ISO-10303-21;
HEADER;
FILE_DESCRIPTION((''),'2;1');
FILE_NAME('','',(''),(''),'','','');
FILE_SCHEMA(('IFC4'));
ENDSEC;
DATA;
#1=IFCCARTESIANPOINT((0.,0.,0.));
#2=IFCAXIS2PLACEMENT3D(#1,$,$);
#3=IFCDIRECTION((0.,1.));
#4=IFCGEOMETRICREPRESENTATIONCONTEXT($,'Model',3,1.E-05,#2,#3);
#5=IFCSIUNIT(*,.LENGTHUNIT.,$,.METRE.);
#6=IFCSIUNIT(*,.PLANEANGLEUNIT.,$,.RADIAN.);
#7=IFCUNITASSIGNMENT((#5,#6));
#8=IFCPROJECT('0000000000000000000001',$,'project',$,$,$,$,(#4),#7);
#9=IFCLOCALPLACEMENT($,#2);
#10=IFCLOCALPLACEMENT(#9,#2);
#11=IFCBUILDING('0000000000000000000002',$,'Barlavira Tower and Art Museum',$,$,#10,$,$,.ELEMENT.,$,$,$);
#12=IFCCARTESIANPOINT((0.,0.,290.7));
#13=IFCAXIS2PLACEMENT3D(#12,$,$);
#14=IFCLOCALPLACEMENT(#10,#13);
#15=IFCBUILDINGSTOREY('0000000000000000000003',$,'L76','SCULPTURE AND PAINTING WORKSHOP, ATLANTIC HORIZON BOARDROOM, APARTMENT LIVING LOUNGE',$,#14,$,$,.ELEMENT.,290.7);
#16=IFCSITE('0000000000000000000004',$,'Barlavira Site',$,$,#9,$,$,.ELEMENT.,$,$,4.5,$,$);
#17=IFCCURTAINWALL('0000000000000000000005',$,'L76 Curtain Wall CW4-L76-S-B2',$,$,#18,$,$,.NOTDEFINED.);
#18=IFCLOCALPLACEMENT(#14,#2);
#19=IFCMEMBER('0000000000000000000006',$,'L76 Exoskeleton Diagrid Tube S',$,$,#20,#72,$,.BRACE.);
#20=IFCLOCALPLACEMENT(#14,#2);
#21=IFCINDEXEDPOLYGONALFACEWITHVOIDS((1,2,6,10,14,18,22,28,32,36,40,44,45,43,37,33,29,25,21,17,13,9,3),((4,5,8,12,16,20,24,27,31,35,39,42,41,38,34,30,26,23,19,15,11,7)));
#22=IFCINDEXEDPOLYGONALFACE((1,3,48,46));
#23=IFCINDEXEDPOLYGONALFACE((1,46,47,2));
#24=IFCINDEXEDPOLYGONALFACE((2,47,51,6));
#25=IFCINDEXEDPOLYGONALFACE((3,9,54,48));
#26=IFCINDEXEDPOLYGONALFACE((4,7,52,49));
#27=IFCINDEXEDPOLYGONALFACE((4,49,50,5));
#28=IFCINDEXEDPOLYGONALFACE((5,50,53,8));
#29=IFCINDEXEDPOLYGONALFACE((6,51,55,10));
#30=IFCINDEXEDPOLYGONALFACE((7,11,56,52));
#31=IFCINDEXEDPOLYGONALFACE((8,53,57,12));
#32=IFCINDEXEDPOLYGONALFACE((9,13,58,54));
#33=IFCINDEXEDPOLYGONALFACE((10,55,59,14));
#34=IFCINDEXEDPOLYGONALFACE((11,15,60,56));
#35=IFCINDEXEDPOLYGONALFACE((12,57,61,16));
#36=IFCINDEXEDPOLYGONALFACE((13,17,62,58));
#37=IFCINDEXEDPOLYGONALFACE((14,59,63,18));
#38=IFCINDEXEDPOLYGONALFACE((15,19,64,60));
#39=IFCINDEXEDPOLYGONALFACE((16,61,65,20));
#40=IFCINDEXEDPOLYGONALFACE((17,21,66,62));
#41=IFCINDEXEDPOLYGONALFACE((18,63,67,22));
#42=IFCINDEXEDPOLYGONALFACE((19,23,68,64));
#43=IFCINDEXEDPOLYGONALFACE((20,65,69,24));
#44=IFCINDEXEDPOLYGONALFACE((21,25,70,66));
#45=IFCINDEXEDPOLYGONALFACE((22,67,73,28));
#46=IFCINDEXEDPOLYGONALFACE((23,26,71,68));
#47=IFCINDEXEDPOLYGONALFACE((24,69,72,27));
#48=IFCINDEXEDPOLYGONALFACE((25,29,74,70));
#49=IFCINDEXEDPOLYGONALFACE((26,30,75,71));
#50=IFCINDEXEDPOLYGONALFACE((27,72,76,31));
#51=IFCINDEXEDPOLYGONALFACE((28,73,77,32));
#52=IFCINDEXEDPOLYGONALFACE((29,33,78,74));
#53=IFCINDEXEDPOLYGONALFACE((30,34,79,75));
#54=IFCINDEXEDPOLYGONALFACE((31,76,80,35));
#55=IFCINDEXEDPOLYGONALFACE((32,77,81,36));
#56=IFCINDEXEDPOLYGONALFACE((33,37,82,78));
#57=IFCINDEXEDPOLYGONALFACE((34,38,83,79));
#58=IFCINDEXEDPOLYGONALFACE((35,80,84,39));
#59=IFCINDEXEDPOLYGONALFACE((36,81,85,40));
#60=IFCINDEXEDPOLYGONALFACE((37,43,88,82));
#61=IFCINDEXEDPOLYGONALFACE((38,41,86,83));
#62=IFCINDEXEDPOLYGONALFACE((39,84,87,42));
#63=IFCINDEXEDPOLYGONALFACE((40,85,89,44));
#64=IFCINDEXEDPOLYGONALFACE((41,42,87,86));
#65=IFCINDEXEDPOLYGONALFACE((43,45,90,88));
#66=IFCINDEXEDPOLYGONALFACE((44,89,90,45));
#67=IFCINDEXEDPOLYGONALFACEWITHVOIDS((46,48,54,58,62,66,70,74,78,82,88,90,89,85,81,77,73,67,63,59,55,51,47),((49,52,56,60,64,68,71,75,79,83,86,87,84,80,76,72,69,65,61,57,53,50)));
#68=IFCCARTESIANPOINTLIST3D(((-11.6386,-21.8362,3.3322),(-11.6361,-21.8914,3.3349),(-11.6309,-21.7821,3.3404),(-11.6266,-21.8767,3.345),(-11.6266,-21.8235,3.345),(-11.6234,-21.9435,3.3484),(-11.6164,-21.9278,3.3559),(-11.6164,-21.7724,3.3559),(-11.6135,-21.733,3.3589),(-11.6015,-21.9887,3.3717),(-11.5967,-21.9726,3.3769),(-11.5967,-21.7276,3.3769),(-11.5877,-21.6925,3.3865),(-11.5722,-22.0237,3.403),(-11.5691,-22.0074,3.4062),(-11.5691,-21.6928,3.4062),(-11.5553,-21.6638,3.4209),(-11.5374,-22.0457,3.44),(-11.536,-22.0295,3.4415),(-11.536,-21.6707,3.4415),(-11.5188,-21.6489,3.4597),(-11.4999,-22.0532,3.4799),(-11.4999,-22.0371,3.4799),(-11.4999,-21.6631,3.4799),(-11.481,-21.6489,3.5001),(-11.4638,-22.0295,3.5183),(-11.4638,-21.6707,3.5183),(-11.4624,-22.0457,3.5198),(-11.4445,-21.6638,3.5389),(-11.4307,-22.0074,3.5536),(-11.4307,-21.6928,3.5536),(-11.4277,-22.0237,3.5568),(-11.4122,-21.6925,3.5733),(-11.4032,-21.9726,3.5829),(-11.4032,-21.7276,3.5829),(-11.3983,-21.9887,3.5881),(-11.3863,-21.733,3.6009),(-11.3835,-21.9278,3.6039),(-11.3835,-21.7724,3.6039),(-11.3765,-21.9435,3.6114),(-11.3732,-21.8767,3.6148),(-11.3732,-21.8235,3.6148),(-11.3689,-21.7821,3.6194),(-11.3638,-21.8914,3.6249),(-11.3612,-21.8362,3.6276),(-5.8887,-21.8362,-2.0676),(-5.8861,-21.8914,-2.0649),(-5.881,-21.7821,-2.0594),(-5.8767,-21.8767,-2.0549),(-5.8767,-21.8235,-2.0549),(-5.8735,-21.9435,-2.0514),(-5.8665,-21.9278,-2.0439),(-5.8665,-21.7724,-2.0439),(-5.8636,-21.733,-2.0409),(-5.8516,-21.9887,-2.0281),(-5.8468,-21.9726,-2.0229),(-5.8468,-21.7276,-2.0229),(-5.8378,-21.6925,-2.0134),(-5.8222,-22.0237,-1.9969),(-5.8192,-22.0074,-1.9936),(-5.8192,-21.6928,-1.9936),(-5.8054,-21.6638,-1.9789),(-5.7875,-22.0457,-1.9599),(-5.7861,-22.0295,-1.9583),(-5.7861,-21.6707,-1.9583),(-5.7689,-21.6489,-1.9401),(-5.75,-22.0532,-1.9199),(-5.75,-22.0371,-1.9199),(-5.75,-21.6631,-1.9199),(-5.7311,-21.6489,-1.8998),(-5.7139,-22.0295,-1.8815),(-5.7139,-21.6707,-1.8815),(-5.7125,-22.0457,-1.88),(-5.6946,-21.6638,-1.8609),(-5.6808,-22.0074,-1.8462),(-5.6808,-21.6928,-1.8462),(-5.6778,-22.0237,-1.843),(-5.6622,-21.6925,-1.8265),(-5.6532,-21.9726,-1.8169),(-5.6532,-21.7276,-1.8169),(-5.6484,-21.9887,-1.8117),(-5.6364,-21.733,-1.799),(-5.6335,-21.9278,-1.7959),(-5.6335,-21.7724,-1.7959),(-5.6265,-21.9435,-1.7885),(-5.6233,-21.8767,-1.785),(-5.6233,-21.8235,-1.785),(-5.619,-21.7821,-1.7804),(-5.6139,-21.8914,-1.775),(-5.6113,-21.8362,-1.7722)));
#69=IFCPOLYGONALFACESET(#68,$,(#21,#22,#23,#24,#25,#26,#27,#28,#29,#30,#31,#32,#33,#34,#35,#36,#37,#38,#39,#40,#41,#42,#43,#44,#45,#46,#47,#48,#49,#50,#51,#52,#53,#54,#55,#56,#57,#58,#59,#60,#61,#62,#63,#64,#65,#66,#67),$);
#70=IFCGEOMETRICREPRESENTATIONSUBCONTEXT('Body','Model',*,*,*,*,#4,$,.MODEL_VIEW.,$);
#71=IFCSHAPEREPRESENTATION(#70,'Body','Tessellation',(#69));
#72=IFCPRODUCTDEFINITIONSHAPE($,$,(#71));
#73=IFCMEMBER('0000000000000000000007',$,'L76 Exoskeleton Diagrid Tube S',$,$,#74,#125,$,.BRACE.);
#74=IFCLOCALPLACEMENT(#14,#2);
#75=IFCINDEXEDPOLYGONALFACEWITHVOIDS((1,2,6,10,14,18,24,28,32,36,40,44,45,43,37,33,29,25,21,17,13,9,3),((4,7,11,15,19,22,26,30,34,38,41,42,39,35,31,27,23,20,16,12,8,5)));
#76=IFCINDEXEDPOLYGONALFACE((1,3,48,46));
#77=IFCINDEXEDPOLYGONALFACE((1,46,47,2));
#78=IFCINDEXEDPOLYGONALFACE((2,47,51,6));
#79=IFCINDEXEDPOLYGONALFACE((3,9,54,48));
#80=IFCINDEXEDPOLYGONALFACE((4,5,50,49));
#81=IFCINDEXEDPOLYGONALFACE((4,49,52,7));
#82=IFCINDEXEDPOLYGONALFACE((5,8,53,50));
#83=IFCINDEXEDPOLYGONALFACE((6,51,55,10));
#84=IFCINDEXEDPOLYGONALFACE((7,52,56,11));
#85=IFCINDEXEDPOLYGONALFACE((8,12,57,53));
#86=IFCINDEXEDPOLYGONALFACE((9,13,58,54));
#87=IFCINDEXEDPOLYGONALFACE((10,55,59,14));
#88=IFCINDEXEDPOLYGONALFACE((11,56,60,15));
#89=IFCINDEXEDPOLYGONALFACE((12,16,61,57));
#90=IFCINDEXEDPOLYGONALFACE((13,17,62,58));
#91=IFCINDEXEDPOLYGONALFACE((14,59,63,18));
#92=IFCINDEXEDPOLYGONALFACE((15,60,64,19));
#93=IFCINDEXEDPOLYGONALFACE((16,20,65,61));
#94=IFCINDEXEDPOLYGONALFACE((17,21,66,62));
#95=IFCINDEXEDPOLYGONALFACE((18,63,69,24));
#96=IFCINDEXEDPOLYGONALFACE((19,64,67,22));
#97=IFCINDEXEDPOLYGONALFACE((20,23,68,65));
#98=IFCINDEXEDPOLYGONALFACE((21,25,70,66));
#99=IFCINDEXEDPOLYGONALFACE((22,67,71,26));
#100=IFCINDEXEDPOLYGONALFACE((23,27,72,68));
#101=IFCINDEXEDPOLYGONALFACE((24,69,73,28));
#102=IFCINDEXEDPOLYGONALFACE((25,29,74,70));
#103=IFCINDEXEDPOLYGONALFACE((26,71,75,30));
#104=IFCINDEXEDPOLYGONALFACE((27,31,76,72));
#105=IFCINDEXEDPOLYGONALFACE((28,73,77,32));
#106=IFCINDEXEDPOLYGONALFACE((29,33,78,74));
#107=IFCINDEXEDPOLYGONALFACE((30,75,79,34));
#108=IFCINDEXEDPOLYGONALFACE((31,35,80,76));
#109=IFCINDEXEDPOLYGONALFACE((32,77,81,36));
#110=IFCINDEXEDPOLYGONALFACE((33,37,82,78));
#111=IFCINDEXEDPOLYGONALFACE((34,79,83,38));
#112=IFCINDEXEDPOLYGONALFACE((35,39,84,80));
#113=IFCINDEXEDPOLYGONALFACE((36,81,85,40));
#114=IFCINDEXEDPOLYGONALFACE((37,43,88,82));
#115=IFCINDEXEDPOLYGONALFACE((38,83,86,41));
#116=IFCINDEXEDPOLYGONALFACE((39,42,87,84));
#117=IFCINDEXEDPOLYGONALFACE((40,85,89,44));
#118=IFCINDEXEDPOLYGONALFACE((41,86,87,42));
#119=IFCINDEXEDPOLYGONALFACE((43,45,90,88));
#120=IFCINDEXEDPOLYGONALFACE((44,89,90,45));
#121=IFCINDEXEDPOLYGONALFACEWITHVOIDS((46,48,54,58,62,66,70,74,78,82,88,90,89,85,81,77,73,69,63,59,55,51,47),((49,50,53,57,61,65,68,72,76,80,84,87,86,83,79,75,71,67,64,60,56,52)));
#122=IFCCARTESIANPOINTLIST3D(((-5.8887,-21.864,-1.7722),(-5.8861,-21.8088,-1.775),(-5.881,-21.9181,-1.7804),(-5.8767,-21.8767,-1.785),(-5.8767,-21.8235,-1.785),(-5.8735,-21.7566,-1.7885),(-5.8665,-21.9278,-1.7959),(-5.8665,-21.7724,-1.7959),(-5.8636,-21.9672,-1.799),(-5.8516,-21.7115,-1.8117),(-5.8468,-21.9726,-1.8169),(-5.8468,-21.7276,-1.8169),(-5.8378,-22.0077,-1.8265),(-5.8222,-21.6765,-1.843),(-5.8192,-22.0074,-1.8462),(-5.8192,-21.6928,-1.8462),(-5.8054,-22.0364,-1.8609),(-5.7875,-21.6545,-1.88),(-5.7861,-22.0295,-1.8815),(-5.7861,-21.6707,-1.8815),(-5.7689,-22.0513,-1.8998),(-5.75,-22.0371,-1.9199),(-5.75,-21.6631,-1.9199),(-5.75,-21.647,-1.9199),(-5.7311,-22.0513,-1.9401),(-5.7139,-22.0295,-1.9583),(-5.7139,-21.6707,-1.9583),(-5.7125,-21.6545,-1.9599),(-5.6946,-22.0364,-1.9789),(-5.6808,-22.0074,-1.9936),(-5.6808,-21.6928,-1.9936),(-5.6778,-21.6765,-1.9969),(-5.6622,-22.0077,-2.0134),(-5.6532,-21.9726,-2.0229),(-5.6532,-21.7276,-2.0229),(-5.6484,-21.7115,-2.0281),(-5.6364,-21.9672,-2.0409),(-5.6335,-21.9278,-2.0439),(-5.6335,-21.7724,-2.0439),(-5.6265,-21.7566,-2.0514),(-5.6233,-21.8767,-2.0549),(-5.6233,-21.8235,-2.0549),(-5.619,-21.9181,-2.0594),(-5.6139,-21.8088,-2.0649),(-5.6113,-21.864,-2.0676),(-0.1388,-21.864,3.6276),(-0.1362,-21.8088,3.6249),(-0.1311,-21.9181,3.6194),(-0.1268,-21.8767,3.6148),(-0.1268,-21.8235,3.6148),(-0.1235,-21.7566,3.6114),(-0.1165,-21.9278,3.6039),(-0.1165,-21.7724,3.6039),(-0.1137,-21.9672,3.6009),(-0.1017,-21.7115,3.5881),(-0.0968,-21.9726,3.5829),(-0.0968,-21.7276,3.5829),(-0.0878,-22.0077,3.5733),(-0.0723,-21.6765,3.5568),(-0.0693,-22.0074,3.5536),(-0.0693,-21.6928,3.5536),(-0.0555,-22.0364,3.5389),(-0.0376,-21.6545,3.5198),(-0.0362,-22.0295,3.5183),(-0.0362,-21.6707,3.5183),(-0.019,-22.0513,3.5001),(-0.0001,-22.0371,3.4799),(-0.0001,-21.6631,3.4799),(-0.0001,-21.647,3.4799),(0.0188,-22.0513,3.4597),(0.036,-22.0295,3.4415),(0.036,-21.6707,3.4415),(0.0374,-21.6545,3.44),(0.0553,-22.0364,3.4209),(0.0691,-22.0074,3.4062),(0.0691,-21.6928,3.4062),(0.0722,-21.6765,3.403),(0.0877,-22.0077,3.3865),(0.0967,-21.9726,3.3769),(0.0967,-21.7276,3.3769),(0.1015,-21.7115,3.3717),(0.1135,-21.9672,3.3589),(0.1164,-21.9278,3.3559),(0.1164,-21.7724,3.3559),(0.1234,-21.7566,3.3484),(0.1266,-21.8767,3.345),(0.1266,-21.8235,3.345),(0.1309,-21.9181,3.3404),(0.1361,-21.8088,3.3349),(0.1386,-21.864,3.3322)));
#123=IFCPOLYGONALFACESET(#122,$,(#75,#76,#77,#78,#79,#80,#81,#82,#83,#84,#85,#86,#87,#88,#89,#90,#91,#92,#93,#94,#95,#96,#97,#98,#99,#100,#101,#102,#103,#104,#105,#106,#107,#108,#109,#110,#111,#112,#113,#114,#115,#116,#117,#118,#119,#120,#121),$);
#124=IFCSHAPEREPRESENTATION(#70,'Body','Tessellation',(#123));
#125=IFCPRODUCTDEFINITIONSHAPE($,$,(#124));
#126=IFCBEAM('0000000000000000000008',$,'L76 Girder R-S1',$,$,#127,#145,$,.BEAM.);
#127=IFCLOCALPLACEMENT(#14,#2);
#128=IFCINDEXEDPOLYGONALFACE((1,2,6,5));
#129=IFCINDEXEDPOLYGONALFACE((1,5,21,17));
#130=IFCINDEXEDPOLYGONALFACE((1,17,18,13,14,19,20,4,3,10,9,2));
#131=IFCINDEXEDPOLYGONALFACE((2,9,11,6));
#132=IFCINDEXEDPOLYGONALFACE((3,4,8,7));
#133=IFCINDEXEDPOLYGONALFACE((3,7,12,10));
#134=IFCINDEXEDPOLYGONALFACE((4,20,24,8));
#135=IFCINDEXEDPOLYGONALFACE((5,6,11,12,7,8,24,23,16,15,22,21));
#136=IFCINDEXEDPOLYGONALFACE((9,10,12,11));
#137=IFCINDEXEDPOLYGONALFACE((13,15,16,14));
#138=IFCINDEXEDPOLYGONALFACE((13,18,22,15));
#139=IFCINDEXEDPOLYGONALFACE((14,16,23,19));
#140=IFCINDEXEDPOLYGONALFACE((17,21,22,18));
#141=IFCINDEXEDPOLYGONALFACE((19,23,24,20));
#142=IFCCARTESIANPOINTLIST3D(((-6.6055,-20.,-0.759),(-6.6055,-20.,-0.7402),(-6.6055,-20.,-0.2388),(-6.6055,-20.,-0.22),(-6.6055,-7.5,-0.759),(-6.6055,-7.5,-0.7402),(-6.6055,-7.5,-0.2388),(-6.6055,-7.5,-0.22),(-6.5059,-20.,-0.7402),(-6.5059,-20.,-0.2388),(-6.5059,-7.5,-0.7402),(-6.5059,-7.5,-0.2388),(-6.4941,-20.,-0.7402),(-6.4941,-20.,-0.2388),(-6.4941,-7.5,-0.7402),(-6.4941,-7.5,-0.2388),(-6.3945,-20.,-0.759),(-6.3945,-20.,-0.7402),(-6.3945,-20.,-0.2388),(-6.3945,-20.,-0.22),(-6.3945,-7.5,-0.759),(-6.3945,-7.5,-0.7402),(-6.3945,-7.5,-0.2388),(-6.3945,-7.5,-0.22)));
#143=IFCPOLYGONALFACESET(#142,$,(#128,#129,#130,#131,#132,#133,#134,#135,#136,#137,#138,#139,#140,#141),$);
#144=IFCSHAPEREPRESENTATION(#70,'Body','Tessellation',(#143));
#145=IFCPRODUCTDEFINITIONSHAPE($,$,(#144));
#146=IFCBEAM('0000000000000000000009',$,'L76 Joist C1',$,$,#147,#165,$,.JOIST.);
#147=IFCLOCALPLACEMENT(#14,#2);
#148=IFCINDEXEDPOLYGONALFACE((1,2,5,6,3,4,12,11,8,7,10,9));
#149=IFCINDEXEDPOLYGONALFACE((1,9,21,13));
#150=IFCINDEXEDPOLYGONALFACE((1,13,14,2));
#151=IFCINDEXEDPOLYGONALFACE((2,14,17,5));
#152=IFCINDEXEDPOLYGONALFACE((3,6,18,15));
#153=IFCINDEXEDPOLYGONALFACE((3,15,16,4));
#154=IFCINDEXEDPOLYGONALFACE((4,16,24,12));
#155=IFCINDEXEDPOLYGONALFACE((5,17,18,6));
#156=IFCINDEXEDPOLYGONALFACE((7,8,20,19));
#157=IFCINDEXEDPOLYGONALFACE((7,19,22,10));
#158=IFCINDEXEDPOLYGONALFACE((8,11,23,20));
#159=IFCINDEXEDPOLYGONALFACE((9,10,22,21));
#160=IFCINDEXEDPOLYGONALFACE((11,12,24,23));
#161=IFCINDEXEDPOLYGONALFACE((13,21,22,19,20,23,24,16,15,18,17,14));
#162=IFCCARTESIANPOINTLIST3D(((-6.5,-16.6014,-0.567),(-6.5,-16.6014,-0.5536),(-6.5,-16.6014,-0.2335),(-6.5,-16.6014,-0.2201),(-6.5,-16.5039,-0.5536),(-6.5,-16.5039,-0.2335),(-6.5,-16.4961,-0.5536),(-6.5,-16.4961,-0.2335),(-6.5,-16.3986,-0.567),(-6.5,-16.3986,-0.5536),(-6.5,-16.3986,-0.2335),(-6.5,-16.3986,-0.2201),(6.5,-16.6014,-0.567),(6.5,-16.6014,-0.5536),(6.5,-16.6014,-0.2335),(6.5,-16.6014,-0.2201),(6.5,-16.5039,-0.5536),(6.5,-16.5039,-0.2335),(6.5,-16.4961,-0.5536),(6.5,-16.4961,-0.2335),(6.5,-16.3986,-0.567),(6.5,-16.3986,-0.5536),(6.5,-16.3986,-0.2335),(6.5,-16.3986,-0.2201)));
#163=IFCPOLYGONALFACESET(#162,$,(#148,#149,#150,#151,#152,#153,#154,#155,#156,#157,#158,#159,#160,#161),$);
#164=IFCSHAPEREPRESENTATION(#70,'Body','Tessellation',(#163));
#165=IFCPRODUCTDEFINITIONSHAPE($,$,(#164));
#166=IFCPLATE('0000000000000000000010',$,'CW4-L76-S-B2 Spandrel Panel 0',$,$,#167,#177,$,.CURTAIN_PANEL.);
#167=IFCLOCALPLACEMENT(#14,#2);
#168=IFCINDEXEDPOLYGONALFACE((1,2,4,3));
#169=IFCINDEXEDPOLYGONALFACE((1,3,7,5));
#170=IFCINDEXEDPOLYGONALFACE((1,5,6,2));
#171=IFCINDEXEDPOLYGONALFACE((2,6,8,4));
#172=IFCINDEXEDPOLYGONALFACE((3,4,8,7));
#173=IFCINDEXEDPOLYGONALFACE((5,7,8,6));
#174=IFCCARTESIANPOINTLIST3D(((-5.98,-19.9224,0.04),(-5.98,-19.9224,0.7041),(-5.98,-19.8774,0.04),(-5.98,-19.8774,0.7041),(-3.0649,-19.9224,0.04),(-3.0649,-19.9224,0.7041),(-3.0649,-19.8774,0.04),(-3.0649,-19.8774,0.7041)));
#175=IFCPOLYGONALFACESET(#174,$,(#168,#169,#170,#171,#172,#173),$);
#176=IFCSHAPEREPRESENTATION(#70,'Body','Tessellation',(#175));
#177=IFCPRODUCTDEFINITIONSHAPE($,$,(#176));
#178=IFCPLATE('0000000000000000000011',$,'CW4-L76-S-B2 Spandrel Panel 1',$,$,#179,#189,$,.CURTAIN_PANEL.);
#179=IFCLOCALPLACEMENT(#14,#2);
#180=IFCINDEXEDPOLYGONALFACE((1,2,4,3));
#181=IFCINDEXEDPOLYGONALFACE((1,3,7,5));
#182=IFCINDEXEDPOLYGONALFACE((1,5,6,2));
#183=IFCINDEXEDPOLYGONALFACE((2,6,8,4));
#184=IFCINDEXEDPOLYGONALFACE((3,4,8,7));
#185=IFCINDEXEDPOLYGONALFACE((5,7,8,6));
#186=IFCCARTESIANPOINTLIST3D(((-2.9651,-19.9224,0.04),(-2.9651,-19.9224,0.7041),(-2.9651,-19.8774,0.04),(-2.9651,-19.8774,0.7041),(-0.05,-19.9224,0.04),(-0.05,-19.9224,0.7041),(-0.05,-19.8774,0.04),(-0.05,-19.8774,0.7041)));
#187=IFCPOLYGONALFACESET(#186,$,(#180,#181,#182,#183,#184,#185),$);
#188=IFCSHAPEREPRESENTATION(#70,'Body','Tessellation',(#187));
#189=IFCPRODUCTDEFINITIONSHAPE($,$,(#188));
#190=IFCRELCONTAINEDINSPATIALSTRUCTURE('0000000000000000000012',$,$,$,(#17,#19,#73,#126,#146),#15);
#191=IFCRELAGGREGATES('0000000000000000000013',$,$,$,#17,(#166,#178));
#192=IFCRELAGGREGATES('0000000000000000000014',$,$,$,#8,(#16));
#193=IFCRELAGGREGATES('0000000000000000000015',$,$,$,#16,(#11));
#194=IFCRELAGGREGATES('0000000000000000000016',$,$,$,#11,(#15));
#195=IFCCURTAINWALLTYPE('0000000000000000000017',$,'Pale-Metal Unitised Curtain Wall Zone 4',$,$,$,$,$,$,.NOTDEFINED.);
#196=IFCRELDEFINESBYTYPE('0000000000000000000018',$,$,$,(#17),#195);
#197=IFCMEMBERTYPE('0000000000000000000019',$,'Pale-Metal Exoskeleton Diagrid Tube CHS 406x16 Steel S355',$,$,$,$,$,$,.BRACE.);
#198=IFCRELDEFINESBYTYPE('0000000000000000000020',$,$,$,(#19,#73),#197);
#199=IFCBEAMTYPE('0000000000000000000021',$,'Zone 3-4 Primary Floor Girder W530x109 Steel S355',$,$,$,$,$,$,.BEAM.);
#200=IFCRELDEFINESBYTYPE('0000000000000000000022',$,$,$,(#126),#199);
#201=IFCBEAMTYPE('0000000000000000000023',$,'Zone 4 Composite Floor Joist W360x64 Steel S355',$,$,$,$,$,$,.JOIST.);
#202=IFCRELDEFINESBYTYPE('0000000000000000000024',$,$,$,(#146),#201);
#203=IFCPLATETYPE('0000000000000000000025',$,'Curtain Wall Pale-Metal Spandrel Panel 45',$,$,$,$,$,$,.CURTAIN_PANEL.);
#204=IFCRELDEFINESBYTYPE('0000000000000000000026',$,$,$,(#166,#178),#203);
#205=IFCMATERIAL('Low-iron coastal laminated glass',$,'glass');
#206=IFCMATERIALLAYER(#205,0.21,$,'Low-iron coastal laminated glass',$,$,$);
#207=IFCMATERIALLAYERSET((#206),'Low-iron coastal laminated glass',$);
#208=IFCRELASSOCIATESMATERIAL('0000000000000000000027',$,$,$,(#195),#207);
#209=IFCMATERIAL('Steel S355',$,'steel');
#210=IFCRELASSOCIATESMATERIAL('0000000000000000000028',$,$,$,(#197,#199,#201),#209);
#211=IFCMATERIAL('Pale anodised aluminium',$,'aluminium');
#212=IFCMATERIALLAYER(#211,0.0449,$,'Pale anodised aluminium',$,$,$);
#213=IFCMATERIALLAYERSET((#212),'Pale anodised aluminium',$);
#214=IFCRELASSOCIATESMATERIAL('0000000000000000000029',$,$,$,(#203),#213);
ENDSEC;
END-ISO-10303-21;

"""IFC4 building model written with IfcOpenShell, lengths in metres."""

from ifc_helpers import new_model, si_unit, direction, frame, origin, origin_2d, place, context, subcontext, project, spatial, rectangle, hollow_circle, i_section, extrude, material, layer, layer_set, material_profile, profile_set, type_object, element, aggregate, save


model = new_model("IFC4")

# Units and contexts
model_context = context("Model", 3, precision=1e-05, world=origin(), true_north=direction((0.0, 1.0)))
body_context = subcontext(model_context, "Body", "Model", "MODEL_VIEW")
ifc_project = project(units=[si_unit("LENGTHUNIT", "METRE"), si_unit("PLANEANGLEUNIT", "RADIAN")], contexts=[model_context])

# Site, building, storey
site_placement = place(None, origin())
site = spatial("IfcSite", under=ifc_project, at=site_placement, Name="Barlavira Site", CompositionType="ELEMENT", RefElevation=4.5)
building_placement = place(site_placement, origin())
building = spatial("IfcBuilding", under=site, at=building_placement, Name="Barlavira Tower and Art Museum", CompositionType="ELEMENT")
storey_placement = place(building_placement, frame((0.0, 0.0, 290.7)))
storey = spatial("IfcBuildingStorey", under=building, at=storey_placement, Name="L76", Description="SCULPTURE AND PAINTING WORKSHOP, ATLANTIC HORIZON BOARDROOM, APARTMENT LIVING LOUNGE", CompositionType="ELEMENT", Elevation=290.7)

# Curtain wall
ifc_material_1 = material(Name="Low-iron coastal laminated glass", Category="glass")
ifc_layer_1 = layer(ifc_material_1, 0.21, Name="Low-iron coastal laminated glass")
ifc_layer_set_1 = layer_set([ifc_layer_1], Name="Low-iron coastal laminated glass")
curtain_wall_type = type_object("IfcCurtainWallType", Name="Pale-Metal Unitised Curtain Wall Zone 4", PredefinedType="NOTDEFINED", material=ifc_layer_set_1)
curtain_wall_placement = place(storey_placement, origin())
curtain_wall = element("IfcCurtainWall", 1, at=curtain_wall_placement, inside=storey, type_object=curtain_wall_type, Name="L76 Curtain Wall CW4-L76-S-B2", PredefinedType="NOTDEFINED")
ifc_material_2 = material(Name="Pale anodised aluminium", Category="aluminium")

# Members
ifc_material_3 = material(Name="Steel S355", Category="steel")
ifc_material_profile_1 = material_profile(ifc_material_3, hollow_circle(Radius=0.2031, WallThickness=0.0161, at=origin_2d()), Name="CHS 406.4x16.0")
ifc_profile_set_1 = profile_set([ifc_material_profile_1], Name="Steel S355")
member_type_1 = type_object("IfcMemberType", Name="Pale-Metal Exoskeleton Diagrid Tube CHS 406x16 Steel S355", PredefinedType="BRACE", material=ifc_profile_set_1)
for number, where, z_axis, x_axis, name in (
    (2, (-5.75, -21.8501, -1.9199), (-0.72895, 0.0, 0.684567), (0.0, -1.0, 0.0), "L76 Exoskeleton Diagrid Tube S"),
    (3, (-5.75, -21.8501, -1.9199), (0.72895, 0.0, 0.684567), (0.0, 1.0, 0.0), "L76 Exoskeleton Diagrid Tube S"),
):
    element("IfcMember", number, at=place(storey_placement, frame(where, z_axis=z_axis, x_axis=x_axis)), inside=storey, type_object=member_type_1, Name=name, PredefinedType="BRACE", context=body_context, shape_type="SweptSolid", body=[
        extrude(hollow_circle(Radius=0.2031, WallThickness=0.0161, at=origin_2d()), origin(), (0.0, 0.0, 1.0), 7.8879),
    ])

# Beams
ifc_material_profile_2 = material_profile(ifc_material_3, i_section(OverallWidth=0.2109, OverallDepth=0.5391, WebThickness=0.0117, FlangeThickness=0.0188, at=origin_2d()), Name="W530x109.0")
ifc_profile_set_2 = profile_set([ifc_material_profile_2], Name="Steel S355")
beam_type_1 = type_object("IfcBeamType", Name="Zone 3-4 Primary Floor Girder W530x109 Steel S355", PredefinedType="BEAM", material=ifc_profile_set_2)
beam_1_placement = place(storey_placement, frame((-6.5, -20.0, -0.4895), z_axis=(0.0, 1.0, 0.0), x_axis=(-1.0, 0.0, 0.0)))
element("IfcBeam", 4, at=beam_1_placement, inside=storey, type_object=beam_type_1, Name="L76 Girder R-S1", PredefinedType="BEAM", context=body_context, shape_type="SweptSolid", body=[
    extrude(i_section(OverallWidth=0.2109, OverallDepth=0.5391, WebThickness=0.0117, FlangeThickness=0.0188, at=origin_2d()), origin(), (0.0, 0.0, 1.0), 12.5),
])
ifc_material_profile_3 = material_profile(ifc_material_3, i_section(OverallWidth=0.2029, OverallDepth=0.3469, WebThickness=0.0078, FlangeThickness=0.0134, at=origin_2d()), Name="W360x64.0")
ifc_profile_set_3 = profile_set([ifc_material_profile_3], Name="Steel S355")
beam_type_2 = type_object("IfcBeamType", Name="Zone 4 Composite Floor Joist W360x64 Steel S355", PredefinedType="JOIST", material=ifc_profile_set_3)
beam_2_placement = place(storey_placement, frame((-6.5, -16.5, -0.3936), z_axis=(1.0, 0.0, 0.0), x_axis=(0.0, 1.0, 0.0)))
element("IfcBeam", 5, at=beam_2_placement, inside=storey, type_object=beam_type_2, Name="L76 Joist C1", PredefinedType="JOIST", context=body_context, shape_type="SweptSolid", body=[
    extrude(i_section(OverallWidth=0.2029, OverallDepth=0.3469, WebThickness=0.0078, FlangeThickness=0.0134, at=origin_2d()), origin(), (0.0, 0.0, 1.0), 13.0),
])

# Plates
ifc_layer_2 = layer(ifc_material_2, 0.0449, Name="Pale anodised aluminium")
ifc_layer_set_2 = layer_set([ifc_layer_2], Name="Pale anodised aluminium")
plate_type_1 = type_object("IfcPlateType", Name="Curtain Wall Pale-Metal Spandrel Panel 45", PredefinedType="CURTAIN_PANEL", material=ifc_layer_set_2)
plate_1_placement = place(storey_placement, frame((-4.5225, -19.8999, 0.04), z_axis=(0.0, 0.0, 1.0), x_axis=(1.0, 0.0, 0.0)))
plate_1 = element("IfcPlate", 6, at=plate_1_placement, type_object=plate_type_1, Name="CW4-L76-S-B2 Spandrel Panel 0", PredefinedType="CURTAIN_PANEL", context=body_context, shape_type="SweptSolid", body=[
    extrude(rectangle(XDim=2.915, YDim=0.0449, at=origin_2d()), origin(), (0.0, 0.0, 1.0), 0.6641),
])
plate_2_placement = place(storey_placement, frame((-1.5076, -19.8999, 0.04), z_axis=(0.0, 0.0, 1.0), x_axis=(1.0, 0.0, 0.0)))
plate_2 = element("IfcPlate", 7, at=plate_2_placement, type_object=plate_type_1, Name="CW4-L76-S-B2 Spandrel Panel 1", PredefinedType="CURTAIN_PANEL", context=body_context, shape_type="SweptSolid", body=[
    extrude(rectangle(XDim=2.915, YDim=0.0449, at=origin_2d()), origin(), (0.0, 0.0, 1.0), 0.6641),
])
aggregate(curtain_wall, [plate_1, plate_2])

save(model, "model.ifc")
